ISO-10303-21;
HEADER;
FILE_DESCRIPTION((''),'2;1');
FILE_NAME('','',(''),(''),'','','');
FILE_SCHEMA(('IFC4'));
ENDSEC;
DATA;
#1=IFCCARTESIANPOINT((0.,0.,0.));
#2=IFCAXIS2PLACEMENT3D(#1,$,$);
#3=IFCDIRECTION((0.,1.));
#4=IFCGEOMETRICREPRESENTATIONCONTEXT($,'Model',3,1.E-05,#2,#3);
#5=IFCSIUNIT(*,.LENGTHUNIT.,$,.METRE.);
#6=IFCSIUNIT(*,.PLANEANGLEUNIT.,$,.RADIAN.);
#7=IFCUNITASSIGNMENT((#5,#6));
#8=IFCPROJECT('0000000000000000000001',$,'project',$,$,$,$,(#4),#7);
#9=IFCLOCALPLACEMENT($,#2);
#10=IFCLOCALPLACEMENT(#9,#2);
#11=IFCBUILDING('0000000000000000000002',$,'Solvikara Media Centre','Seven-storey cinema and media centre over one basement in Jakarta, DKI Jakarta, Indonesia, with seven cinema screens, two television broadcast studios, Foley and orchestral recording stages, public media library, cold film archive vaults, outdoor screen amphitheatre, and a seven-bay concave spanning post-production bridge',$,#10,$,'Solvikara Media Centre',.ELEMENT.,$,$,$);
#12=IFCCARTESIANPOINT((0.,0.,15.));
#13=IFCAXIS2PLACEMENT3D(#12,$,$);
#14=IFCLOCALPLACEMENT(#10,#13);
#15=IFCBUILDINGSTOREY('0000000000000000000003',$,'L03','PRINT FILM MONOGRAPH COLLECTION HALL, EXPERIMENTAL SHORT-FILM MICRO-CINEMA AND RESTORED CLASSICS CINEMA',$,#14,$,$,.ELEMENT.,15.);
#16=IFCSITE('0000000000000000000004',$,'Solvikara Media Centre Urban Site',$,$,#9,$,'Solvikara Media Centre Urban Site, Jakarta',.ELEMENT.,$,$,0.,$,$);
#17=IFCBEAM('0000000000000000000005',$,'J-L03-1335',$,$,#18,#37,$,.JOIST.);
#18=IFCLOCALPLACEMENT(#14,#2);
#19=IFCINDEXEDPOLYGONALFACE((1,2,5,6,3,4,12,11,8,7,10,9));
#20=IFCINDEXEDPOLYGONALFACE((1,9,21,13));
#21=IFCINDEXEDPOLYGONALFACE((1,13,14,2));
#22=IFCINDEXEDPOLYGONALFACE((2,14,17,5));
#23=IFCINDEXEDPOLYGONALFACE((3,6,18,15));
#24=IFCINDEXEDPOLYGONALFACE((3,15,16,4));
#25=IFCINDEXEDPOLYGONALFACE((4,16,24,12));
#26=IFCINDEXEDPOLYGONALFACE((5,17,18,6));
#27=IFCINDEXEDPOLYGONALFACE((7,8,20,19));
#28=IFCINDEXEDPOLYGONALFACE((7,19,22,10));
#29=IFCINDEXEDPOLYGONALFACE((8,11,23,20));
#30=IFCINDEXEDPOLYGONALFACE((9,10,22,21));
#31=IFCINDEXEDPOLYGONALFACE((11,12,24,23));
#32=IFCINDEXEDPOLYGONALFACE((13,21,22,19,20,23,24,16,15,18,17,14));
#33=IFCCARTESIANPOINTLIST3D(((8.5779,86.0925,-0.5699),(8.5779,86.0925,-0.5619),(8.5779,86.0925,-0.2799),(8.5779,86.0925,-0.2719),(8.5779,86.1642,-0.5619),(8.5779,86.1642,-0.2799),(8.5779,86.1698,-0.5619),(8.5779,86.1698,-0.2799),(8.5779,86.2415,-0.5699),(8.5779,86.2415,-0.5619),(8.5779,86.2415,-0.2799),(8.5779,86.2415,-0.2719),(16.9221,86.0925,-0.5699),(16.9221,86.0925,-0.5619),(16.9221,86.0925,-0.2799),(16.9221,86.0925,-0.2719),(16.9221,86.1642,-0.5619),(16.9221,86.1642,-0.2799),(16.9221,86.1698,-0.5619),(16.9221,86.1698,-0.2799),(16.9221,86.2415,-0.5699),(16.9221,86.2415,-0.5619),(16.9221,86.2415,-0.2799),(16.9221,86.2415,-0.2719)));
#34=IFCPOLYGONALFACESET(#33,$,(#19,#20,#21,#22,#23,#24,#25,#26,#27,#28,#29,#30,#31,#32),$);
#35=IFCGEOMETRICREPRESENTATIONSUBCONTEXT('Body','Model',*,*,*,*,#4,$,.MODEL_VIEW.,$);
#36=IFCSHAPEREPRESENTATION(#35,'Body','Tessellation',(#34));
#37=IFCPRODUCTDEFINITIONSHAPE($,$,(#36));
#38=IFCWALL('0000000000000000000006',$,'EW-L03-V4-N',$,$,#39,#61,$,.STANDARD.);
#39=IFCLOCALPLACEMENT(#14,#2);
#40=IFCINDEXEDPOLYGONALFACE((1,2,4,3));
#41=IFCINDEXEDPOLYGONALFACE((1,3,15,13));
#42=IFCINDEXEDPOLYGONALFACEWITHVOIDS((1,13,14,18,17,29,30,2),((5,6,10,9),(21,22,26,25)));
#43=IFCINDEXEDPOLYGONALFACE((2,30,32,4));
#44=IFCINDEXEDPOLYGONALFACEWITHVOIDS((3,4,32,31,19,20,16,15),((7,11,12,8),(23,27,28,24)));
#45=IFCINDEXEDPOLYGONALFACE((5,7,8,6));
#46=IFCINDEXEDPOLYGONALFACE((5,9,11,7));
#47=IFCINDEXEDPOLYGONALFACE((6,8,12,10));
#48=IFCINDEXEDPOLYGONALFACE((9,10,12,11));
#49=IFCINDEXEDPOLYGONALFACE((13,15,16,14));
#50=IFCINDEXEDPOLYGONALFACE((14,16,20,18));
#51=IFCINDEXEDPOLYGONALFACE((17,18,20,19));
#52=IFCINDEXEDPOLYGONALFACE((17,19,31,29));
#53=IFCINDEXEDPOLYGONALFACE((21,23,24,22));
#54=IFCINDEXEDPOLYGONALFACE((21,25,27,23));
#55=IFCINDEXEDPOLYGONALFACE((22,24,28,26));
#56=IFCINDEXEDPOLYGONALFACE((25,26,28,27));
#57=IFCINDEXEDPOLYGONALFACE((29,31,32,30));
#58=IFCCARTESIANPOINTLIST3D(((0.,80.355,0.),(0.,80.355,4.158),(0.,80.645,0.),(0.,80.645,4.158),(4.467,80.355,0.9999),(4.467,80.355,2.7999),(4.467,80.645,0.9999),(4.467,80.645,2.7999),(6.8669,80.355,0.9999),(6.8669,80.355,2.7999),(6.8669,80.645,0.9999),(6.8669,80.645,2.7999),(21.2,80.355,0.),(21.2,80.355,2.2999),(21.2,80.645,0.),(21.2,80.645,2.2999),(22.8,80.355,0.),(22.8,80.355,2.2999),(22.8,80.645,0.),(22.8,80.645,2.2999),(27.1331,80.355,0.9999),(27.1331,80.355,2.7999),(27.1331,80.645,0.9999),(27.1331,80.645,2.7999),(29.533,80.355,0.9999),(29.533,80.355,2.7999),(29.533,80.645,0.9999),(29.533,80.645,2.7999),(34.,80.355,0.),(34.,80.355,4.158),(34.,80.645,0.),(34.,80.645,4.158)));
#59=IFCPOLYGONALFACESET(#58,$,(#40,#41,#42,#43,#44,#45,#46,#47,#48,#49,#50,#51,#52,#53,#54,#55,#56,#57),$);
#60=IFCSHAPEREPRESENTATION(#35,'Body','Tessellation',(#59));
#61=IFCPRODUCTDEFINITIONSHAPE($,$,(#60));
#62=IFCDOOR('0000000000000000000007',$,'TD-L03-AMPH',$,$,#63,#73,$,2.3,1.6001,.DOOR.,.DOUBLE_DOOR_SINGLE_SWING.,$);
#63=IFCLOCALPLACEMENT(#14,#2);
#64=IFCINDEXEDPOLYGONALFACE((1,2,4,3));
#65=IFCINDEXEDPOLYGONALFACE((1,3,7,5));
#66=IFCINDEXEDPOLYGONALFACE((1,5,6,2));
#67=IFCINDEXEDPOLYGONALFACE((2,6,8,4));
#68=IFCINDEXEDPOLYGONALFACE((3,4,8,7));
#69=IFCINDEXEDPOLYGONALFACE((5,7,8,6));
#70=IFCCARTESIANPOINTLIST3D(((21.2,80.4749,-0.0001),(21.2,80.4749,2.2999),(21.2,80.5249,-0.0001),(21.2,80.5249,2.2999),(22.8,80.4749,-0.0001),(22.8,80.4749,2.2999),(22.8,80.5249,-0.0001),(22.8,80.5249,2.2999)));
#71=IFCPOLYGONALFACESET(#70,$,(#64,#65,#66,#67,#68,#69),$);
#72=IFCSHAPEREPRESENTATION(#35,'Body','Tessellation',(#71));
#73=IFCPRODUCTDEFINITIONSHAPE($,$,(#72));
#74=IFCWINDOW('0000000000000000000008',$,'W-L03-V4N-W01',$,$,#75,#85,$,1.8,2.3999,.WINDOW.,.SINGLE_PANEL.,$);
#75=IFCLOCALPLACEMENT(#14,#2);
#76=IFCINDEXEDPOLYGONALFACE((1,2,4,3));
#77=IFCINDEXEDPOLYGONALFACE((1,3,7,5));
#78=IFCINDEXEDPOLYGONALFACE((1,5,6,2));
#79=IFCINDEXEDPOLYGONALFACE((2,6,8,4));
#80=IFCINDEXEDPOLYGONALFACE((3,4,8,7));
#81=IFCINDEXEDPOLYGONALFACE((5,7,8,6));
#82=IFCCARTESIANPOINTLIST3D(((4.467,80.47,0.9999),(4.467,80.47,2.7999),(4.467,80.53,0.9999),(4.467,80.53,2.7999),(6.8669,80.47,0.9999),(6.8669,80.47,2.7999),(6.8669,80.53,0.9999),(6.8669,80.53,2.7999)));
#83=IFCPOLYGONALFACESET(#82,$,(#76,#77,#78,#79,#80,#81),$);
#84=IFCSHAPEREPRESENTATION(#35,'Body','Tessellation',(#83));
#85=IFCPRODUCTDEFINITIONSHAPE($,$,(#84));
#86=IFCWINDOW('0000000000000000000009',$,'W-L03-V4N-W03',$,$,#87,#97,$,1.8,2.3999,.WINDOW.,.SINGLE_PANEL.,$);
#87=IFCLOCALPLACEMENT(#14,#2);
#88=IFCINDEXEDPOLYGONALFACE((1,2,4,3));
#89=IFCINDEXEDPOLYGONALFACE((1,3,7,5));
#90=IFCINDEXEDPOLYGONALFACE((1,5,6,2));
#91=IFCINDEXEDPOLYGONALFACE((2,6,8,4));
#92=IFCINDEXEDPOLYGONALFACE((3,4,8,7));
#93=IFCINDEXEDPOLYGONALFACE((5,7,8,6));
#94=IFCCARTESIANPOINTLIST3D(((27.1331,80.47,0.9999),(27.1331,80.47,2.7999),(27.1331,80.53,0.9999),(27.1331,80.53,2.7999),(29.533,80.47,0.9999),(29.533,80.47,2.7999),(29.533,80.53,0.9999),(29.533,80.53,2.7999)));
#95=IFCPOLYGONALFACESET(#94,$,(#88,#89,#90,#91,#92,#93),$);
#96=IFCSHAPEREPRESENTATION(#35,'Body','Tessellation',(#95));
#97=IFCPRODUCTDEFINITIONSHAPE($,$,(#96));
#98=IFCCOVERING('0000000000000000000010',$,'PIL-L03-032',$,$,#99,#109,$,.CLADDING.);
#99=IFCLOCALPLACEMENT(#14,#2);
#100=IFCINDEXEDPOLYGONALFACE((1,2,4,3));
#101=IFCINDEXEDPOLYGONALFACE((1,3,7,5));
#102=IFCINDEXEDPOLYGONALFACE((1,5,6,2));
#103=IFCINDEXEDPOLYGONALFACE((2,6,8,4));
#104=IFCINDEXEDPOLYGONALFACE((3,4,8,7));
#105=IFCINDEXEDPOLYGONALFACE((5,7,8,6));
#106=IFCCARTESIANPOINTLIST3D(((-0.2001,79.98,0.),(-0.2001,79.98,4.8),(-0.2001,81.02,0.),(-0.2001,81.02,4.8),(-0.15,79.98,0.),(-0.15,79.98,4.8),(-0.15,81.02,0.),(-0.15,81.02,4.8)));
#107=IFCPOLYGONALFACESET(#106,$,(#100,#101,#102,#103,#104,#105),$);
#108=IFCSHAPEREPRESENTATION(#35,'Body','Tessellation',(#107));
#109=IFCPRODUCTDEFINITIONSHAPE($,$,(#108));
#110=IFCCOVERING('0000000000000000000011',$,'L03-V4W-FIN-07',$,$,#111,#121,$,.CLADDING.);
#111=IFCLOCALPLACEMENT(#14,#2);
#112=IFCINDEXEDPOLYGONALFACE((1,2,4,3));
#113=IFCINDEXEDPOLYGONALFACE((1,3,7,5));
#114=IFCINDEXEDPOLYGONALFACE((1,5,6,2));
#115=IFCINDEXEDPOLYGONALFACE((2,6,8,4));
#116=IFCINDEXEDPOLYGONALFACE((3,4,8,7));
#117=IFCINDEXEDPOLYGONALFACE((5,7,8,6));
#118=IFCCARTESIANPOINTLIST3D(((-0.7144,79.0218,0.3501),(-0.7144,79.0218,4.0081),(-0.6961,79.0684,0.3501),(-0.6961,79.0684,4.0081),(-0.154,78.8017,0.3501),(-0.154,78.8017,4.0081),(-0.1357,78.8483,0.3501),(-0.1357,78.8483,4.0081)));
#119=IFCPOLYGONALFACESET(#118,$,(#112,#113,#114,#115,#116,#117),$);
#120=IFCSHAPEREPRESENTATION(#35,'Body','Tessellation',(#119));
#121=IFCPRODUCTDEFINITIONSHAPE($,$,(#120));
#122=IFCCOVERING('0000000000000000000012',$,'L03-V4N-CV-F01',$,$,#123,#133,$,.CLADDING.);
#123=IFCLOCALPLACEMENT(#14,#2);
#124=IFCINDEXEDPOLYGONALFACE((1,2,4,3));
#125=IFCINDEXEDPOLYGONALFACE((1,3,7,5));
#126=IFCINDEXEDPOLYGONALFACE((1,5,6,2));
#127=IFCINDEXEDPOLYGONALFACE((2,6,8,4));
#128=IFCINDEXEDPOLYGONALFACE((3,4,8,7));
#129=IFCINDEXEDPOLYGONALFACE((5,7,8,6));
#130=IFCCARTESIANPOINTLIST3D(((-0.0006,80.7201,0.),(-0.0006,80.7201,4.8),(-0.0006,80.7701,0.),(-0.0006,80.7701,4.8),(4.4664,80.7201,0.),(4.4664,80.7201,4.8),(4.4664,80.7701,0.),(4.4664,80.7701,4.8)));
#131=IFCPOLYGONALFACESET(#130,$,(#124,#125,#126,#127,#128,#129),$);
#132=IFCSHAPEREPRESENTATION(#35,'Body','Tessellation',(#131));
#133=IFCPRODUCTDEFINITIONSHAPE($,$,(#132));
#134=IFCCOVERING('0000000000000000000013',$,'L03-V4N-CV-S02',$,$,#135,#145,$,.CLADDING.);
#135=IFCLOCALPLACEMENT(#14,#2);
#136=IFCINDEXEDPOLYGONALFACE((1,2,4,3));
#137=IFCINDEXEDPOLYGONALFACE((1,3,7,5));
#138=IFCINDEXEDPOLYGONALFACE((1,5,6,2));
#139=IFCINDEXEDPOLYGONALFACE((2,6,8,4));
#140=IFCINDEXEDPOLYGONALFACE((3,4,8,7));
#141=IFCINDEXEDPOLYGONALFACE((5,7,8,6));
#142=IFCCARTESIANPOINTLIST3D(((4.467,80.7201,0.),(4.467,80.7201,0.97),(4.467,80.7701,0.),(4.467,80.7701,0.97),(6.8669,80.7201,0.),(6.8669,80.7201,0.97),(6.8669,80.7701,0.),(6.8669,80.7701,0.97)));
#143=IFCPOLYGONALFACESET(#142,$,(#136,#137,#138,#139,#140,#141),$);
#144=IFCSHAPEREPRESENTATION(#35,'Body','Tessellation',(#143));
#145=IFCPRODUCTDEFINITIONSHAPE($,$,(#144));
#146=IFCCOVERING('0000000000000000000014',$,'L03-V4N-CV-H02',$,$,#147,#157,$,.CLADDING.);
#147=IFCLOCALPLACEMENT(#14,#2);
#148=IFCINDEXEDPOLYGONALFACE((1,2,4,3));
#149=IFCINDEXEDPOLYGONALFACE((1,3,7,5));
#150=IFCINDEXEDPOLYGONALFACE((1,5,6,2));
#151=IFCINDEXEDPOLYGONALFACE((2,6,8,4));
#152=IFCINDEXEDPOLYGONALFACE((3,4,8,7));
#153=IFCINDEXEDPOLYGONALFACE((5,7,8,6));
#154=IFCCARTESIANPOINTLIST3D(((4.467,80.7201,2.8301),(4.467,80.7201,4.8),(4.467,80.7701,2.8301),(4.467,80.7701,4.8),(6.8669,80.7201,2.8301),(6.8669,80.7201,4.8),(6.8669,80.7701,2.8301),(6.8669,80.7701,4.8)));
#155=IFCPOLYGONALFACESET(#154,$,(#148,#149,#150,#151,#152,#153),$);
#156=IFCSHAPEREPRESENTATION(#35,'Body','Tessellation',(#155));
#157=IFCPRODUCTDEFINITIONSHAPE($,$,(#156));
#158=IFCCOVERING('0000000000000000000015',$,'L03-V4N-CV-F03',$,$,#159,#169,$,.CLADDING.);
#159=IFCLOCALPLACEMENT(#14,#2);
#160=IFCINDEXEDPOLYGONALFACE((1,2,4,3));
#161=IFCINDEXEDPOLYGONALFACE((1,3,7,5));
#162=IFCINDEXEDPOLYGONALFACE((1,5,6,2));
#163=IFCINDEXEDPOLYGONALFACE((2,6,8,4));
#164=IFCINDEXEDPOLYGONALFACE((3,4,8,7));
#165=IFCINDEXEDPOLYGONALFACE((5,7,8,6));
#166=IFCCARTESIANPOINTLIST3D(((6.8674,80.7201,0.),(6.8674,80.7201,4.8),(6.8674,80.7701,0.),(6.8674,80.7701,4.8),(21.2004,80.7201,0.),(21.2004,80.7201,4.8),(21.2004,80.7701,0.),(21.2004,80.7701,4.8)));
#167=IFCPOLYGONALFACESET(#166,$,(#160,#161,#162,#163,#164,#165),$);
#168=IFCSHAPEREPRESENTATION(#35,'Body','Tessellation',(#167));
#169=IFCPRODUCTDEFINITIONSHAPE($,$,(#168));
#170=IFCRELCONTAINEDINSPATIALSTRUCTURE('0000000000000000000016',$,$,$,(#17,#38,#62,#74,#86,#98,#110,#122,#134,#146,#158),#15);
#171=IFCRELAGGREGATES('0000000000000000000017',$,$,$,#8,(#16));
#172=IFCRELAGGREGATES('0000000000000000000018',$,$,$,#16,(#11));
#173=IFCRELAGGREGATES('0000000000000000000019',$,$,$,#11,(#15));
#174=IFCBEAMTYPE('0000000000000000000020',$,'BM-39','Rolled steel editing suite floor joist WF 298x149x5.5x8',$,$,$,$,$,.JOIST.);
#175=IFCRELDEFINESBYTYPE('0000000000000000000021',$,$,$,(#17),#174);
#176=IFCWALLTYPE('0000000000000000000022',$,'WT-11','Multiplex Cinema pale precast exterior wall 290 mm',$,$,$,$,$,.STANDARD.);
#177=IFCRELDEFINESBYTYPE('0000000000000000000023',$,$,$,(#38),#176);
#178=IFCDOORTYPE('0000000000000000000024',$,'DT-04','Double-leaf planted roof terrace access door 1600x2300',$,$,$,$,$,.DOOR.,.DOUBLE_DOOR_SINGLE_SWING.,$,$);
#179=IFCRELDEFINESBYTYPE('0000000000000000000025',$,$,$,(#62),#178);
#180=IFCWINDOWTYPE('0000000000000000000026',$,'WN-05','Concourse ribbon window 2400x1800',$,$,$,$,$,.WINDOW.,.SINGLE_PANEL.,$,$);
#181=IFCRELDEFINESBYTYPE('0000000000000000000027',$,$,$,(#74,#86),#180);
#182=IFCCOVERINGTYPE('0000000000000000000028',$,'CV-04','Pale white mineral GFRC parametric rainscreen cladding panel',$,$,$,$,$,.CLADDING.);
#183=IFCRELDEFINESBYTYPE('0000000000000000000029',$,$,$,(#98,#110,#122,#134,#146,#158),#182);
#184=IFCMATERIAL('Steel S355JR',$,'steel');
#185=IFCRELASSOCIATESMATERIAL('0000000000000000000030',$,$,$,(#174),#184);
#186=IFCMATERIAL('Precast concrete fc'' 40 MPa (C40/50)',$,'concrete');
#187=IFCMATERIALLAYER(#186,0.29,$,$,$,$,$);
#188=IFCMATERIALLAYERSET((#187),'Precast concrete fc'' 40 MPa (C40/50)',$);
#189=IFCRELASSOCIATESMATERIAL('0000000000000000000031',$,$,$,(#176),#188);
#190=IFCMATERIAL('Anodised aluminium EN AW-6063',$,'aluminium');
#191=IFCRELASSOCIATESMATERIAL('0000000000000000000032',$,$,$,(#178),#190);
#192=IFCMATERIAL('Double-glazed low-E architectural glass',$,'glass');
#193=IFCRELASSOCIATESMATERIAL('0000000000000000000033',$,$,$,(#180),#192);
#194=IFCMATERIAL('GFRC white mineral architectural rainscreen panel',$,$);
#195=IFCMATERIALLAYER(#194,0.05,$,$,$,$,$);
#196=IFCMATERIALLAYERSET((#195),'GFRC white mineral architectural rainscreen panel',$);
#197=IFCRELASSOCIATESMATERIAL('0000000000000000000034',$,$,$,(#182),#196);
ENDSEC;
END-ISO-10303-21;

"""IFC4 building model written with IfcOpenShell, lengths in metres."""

from ifc_helpers import new_model, si_unit, direction, frame, frame_2d, origin, origin_2d, place, context, subcontext, project, spatial, rectangle, i_section, extrude, material, layer, layer_set, material_profile, profile_set, type_object, element, fill, save


model = new_model("IFC4")

# Units and contexts
model_context = context("Model", 3, precision=1e-05, world=origin(), true_north=direction((0.0, 1.0)))
body_context = subcontext(model_context, "Body", "Model", "MODEL_VIEW")
ifc_project = project(units=[si_unit("LENGTHUNIT", "METRE"), si_unit("PLANEANGLEUNIT", "RADIAN")], contexts=[model_context])

# Site, building, storey
site_placement = place(None, origin())
site = spatial("IfcSite", under=ifc_project, at=site_placement, Name="Solvikara Media Centre Urban Site", LongName="Solvikara Media Centre Urban Site, Jakarta", CompositionType="ELEMENT", RefElevation=0.0)
building_placement = place(site_placement, origin())
building = spatial("IfcBuilding", under=site, at=building_placement, Name="Solvikara Media Centre", Description="Seven-storey cinema and media centre over one basement in Jakarta, DKI Jakarta, Indonesia, with seven cinema screens, two television broadcast studios, Foley and orchestral recording stages, public media library, cold film archive vaults, outdoor screen amphitheatre, and a seven-bay concave spanning post-production bridge", LongName="Solvikara Media Centre", CompositionType="ELEMENT")
storey_placement = place(building_placement, frame((0.0, 0.0, 15.0)))
storey = spatial("IfcBuildingStorey", under=building, at=storey_placement, Name="L03", Description="PRINT FILM MONOGRAPH COLLECTION HALL, EXPERIMENTAL SHORT-FILM MICRO-CINEMA AND RESTORED CLASSICS CINEMA", CompositionType="ELEMENT", Elevation=15.0)

# Shared definitions
ifc_material_1 = material(Name="Steel S355JR", Category="steel")

# Beam
ifc_material_profile_1 = material_profile(ifc_material_1, i_section(OverallWidth=0.1489, OverallDepth=0.2981, WebThickness=0.0056, FlangeThickness=0.0081, at=origin_2d()), Name="WF 298x149x5.5x8")
ifc_profile_set_1 = profile_set([ifc_material_profile_1], Name="Steel S355JR")
beam_type_1 = type_object("IfcBeamType", Name="BM-39", Description="Rolled steel editing suite floor joist WF 298x149x5.5x8", PredefinedType="JOIST", material=ifc_profile_set_1)
beam_1_placement = place(storey_placement, frame((8.5779, 86.167, -0.4209), z_axis=(1.0, 0.0, 0.0), x_axis=(0.0, 1.0, 0.0)))
element("IfcBeam", 1, at=beam_1_placement, inside=storey, type_object=beam_type_1, Name="J-L03-1335", PredefinedType="JOIST", context=body_context, shape_type="SweptSolid", body=[
    extrude(i_section(OverallWidth=0.1489, OverallDepth=0.2981, WebThickness=0.0056, FlangeThickness=0.0081, at=origin_2d()), origin(), (0.0, 0.0, 1.0), 8.3442),
])

# Wall, openings, door, windows
ifc_material_2 = material(Name="Precast concrete fc' 40 MPa (C40/50)", Category="concrete")
ifc_layer_1 = layer(ifc_material_2, 0.29)
ifc_layer_set_1 = layer_set([ifc_layer_1], Name="Precast concrete fc' 40 MPa (C40/50)")
wall_type = type_object("IfcWallType", Name="WT-11", Description="Multiplex Cinema pale precast exterior wall 290 mm", PredefinedType="STANDARD", material=ifc_layer_set_1)
wall_placement = place(storey_placement, frame((0.0, 80.5, 0.0), z_axis=(0.0, 0.0, 1.0), x_axis=(1.0, 0.0, 0.0)))
wall = element("IfcWall", 2, at=wall_placement, inside=storey, type_object=wall_type, Name="EW-L03-V4-N", PredefinedType="STANDARD", context=body_context, shape_type="SweptSolid", body=[
    extrude(rectangle(XDim=34.0, YDim=0.29, at=frame_2d((17.0, 0.0))), origin(), (0.0, 0.0, 1.0), 4.158),
])
opening_1_placement = place(wall_placement, frame((21.2, 0.0, 0.0)))
opening_1 = element("IfcOpeningElement", 3, at=opening_1_placement, cuts=wall, PredefinedType="OPENING", context=body_context, shape_type="SweptSolid", body=[
    extrude(rectangle(XDim=1.6001, YDim=2.3, at=frame_2d((0.8, 1.1499))), frame((0.0, 0.157, 0.0), z_axis=(0.0, -1.0, 0.0), x_axis=(1.0, 0.0, 0.0)), (0.0, 0.0, 1.0), 0.314),
])
opening_2_placement = place(wall_placement, frame((4.467, 0.0, 1.0)))
opening_2 = element("IfcOpeningElement", 4, at=opening_2_placement, cuts=wall, PredefinedType="OPENING", context=body_context, shape_type="SweptSolid", body=[
    extrude(rectangle(XDim=2.3999, YDim=1.8, at=frame_2d((1.2, 0.8999))), frame((0.0, 0.157, 0.0), z_axis=(0.0, -1.0, 0.0), x_axis=(1.0, 0.0, 0.0)), (0.0, 0.0, 1.0), 0.314),
])
opening_3_placement = place(wall_placement, frame((27.1331, 0.0, 1.0)))
opening_3 = element("IfcOpeningElement", 5, at=opening_3_placement, cuts=wall, PredefinedType="OPENING", context=body_context, shape_type="SweptSolid", body=[
    extrude(rectangle(XDim=2.3999, YDim=1.8, at=frame_2d((1.2, 0.8999))), frame((0.0, 0.157, 0.0), z_axis=(0.0, -1.0, 0.0), x_axis=(1.0, 0.0, 0.0)), (0.0, 0.0, 1.0), 0.314),
])
ifc_material_3 = material(Name="Anodised aluminium EN AW-6063", Category="aluminium")
door_type = type_object("IfcDoorType", Name="DT-04", Description="Double-leaf planted roof terrace access door 1600x2300", OperationType="DOUBLE_DOOR_SINGLE_SWING", PredefinedType="DOOR", material=ifc_material_3)
door_placement = place(opening_1_placement, origin())
door = element("IfcDoor", 6, at=door_placement, inside=storey, type_object=door_type, Name="TD-L03-AMPH", OperationType="DOUBLE_DOOR_SINGLE_SWING", OverallHeight=2.3, OverallWidth=1.6001, PredefinedType="DOOR", context=body_context, shape_type="SweptSolid", body=[
    extrude(rectangle(XDim=1.6001, YDim=2.3, at=frame_2d((0.8, 1.1499))), frame((0.0, 0.0249, 0.0), z_axis=(0.0, -1.0, 0.0), x_axis=(1.0, 0.0, 0.0)), (0.0, 0.0, 1.0), 0.05),
])
fill(opening_1, door)
ifc_material_4 = material(Name="Double-glazed low-E architectural glass", Category="glass")
window_type = type_object("IfcWindowType", Name="WN-05", Description="Concourse ribbon window 2400x1800", PartitioningType="SINGLE_PANEL", PredefinedType="WINDOW", material=ifc_material_4)
window_1_placement = place(opening_2_placement, origin())
window_1 = element("IfcWindow", 7, at=window_1_placement, inside=storey, type_object=window_type, Name="W-L03-V4N-W01", OverallHeight=1.8, OverallWidth=2.3999, PartitioningType="SINGLE_PANEL", PredefinedType="WINDOW", context=body_context, shape_type="SweptSolid", body=[
    extrude(rectangle(XDim=2.3999, YDim=1.8, at=frame_2d((1.2, 0.8999))), frame((0.0, 0.03, 0.0), z_axis=(0.0, -1.0, 0.0), x_axis=(1.0, 0.0, 0.0)), (0.0, 0.0, 1.0), 0.0601),
])
fill(opening_2, window_1)
window_2_placement = place(opening_3_placement, origin())
window_2 = element("IfcWindow", 8, at=window_2_placement, inside=storey, type_object=window_type, Name="W-L03-V4N-W03", OverallHeight=1.8, OverallWidth=2.3999, PartitioningType="SINGLE_PANEL", PredefinedType="WINDOW", context=body_context, shape_type="SweptSolid", body=[
    extrude(rectangle(XDim=2.3999, YDim=1.8, at=frame_2d((1.2, 0.8999))), frame((0.0, 0.03, 0.0), z_axis=(0.0, -1.0, 0.0), x_axis=(1.0, 0.0, 0.0)), (0.0, 0.0, 1.0), 0.0601),
])
fill(opening_3, window_2)

# Coverings
ifc_material_5 = material(Name="GFRC white mineral architectural rainscreen panel")
ifc_layer_2 = layer(ifc_material_5, 0.05)
ifc_layer_set_2 = layer_set([ifc_layer_2], Name="GFRC white mineral architectural rainscreen panel")
covering_type = type_object("IfcCoveringType", Name="CV-04", Description="Pale white mineral GFRC parametric rainscreen cladding panel", PredefinedType="CLADDING", material=ifc_layer_set_2)
covering_1_placement = place(storey_placement, frame((-0.175, 80.5, 0.0), z_axis=(0.0, 0.0, 1.0), x_axis=(0.0, -1.0, 0.0)))
element("IfcCovering", 9, at=covering_1_placement, inside=storey, type_object=covering_type, Name="PIL-L03-032", PredefinedType="CLADDING", context=body_context, shape_type="SweptSolid", body=[
    extrude(rectangle(XDim=1.04, YDim=0.05, at=origin_2d()), origin(), (0.0, 0.0, 1.0), 4.8),
])
covering_2_placement = place(storey_placement, frame((-0.425, 78.9351, 0.3501), z_axis=(0.0, 0.0, 1.0), x_axis=(-0.93075, 0.365657, 0.0)))
element("IfcCovering", 10, at=covering_2_placement, inside=storey, type_object=covering_type, Name="L03-V4W-FIN-07", PredefinedType="CLADDING", context=body_context, shape_type="SweptSolid", body=[
    extrude(rectangle(XDim=0.6021, YDim=0.05, at=origin_2d()), origin(), (0.0, 0.0, 1.0), 3.658),
])
covering_3_placement = place(storey_placement, frame((2.2329, 80.7451, 0.0), z_axis=(0.0, 0.0, 1.0), x_axis=(1.0, 0.0, 0.0)))
element("IfcCovering", 11, at=covering_3_placement, inside=storey, type_object=covering_type, Name="L03-V4N-CV-F01", PredefinedType="CLADDING", context=body_context, shape_type="SweptSolid", body=[
    extrude(rectangle(XDim=4.467, YDim=0.05, at=origin_2d()), origin(), (0.0, 0.0, 1.0), 4.8),
])
covering_4_placement = place(storey_placement, frame((5.667, 80.7451, 0.0), z_axis=(0.0, 0.0, 1.0), x_axis=(1.0, 0.0, 0.0)))
element("IfcCovering", 12, at=covering_4_placement, inside=storey, type_object=covering_type, Name="L03-V4N-CV-S02", PredefinedType="CLADDING", context=body_context, shape_type="SweptSolid", body=[
    extrude(rectangle(XDim=2.3999, YDim=0.05, at=origin_2d()), origin(), (0.0, 0.0, 1.0), 0.97),
])
covering_5_placement = place(storey_placement, frame((5.667, 80.7451, 2.8301), z_axis=(0.0, 0.0, 1.0), x_axis=(1.0, 0.0, 0.0)))
element("IfcCovering", 13, at=covering_5_placement, inside=storey, type_object=covering_type, Name="L03-V4N-CV-H02", PredefinedType="CLADDING", context=body_context, shape_type="SweptSolid", body=[
    extrude(rectangle(XDim=2.3999, YDim=0.05, at=origin_2d()), origin(), (0.0, 0.0, 1.0), 1.97),
])
covering_6_placement = place(storey_placement, frame((14.0339, 80.7451, 0.0), z_axis=(0.0, 0.0, 1.0), x_axis=(1.0, 0.0, 0.0)))
element("IfcCovering", 14, at=covering_6_placement, inside=storey, type_object=covering_type, Name="L03-V4N-CV-F03", PredefinedType="CLADDING", context=body_context, shape_type="SweptSolid", body=[
    extrude(rectangle(XDim=14.333, YDim=0.05, at=origin_2d()), origin(), (0.0, 0.0, 1.0), 4.8),
])

save(model, "model.ifc")
